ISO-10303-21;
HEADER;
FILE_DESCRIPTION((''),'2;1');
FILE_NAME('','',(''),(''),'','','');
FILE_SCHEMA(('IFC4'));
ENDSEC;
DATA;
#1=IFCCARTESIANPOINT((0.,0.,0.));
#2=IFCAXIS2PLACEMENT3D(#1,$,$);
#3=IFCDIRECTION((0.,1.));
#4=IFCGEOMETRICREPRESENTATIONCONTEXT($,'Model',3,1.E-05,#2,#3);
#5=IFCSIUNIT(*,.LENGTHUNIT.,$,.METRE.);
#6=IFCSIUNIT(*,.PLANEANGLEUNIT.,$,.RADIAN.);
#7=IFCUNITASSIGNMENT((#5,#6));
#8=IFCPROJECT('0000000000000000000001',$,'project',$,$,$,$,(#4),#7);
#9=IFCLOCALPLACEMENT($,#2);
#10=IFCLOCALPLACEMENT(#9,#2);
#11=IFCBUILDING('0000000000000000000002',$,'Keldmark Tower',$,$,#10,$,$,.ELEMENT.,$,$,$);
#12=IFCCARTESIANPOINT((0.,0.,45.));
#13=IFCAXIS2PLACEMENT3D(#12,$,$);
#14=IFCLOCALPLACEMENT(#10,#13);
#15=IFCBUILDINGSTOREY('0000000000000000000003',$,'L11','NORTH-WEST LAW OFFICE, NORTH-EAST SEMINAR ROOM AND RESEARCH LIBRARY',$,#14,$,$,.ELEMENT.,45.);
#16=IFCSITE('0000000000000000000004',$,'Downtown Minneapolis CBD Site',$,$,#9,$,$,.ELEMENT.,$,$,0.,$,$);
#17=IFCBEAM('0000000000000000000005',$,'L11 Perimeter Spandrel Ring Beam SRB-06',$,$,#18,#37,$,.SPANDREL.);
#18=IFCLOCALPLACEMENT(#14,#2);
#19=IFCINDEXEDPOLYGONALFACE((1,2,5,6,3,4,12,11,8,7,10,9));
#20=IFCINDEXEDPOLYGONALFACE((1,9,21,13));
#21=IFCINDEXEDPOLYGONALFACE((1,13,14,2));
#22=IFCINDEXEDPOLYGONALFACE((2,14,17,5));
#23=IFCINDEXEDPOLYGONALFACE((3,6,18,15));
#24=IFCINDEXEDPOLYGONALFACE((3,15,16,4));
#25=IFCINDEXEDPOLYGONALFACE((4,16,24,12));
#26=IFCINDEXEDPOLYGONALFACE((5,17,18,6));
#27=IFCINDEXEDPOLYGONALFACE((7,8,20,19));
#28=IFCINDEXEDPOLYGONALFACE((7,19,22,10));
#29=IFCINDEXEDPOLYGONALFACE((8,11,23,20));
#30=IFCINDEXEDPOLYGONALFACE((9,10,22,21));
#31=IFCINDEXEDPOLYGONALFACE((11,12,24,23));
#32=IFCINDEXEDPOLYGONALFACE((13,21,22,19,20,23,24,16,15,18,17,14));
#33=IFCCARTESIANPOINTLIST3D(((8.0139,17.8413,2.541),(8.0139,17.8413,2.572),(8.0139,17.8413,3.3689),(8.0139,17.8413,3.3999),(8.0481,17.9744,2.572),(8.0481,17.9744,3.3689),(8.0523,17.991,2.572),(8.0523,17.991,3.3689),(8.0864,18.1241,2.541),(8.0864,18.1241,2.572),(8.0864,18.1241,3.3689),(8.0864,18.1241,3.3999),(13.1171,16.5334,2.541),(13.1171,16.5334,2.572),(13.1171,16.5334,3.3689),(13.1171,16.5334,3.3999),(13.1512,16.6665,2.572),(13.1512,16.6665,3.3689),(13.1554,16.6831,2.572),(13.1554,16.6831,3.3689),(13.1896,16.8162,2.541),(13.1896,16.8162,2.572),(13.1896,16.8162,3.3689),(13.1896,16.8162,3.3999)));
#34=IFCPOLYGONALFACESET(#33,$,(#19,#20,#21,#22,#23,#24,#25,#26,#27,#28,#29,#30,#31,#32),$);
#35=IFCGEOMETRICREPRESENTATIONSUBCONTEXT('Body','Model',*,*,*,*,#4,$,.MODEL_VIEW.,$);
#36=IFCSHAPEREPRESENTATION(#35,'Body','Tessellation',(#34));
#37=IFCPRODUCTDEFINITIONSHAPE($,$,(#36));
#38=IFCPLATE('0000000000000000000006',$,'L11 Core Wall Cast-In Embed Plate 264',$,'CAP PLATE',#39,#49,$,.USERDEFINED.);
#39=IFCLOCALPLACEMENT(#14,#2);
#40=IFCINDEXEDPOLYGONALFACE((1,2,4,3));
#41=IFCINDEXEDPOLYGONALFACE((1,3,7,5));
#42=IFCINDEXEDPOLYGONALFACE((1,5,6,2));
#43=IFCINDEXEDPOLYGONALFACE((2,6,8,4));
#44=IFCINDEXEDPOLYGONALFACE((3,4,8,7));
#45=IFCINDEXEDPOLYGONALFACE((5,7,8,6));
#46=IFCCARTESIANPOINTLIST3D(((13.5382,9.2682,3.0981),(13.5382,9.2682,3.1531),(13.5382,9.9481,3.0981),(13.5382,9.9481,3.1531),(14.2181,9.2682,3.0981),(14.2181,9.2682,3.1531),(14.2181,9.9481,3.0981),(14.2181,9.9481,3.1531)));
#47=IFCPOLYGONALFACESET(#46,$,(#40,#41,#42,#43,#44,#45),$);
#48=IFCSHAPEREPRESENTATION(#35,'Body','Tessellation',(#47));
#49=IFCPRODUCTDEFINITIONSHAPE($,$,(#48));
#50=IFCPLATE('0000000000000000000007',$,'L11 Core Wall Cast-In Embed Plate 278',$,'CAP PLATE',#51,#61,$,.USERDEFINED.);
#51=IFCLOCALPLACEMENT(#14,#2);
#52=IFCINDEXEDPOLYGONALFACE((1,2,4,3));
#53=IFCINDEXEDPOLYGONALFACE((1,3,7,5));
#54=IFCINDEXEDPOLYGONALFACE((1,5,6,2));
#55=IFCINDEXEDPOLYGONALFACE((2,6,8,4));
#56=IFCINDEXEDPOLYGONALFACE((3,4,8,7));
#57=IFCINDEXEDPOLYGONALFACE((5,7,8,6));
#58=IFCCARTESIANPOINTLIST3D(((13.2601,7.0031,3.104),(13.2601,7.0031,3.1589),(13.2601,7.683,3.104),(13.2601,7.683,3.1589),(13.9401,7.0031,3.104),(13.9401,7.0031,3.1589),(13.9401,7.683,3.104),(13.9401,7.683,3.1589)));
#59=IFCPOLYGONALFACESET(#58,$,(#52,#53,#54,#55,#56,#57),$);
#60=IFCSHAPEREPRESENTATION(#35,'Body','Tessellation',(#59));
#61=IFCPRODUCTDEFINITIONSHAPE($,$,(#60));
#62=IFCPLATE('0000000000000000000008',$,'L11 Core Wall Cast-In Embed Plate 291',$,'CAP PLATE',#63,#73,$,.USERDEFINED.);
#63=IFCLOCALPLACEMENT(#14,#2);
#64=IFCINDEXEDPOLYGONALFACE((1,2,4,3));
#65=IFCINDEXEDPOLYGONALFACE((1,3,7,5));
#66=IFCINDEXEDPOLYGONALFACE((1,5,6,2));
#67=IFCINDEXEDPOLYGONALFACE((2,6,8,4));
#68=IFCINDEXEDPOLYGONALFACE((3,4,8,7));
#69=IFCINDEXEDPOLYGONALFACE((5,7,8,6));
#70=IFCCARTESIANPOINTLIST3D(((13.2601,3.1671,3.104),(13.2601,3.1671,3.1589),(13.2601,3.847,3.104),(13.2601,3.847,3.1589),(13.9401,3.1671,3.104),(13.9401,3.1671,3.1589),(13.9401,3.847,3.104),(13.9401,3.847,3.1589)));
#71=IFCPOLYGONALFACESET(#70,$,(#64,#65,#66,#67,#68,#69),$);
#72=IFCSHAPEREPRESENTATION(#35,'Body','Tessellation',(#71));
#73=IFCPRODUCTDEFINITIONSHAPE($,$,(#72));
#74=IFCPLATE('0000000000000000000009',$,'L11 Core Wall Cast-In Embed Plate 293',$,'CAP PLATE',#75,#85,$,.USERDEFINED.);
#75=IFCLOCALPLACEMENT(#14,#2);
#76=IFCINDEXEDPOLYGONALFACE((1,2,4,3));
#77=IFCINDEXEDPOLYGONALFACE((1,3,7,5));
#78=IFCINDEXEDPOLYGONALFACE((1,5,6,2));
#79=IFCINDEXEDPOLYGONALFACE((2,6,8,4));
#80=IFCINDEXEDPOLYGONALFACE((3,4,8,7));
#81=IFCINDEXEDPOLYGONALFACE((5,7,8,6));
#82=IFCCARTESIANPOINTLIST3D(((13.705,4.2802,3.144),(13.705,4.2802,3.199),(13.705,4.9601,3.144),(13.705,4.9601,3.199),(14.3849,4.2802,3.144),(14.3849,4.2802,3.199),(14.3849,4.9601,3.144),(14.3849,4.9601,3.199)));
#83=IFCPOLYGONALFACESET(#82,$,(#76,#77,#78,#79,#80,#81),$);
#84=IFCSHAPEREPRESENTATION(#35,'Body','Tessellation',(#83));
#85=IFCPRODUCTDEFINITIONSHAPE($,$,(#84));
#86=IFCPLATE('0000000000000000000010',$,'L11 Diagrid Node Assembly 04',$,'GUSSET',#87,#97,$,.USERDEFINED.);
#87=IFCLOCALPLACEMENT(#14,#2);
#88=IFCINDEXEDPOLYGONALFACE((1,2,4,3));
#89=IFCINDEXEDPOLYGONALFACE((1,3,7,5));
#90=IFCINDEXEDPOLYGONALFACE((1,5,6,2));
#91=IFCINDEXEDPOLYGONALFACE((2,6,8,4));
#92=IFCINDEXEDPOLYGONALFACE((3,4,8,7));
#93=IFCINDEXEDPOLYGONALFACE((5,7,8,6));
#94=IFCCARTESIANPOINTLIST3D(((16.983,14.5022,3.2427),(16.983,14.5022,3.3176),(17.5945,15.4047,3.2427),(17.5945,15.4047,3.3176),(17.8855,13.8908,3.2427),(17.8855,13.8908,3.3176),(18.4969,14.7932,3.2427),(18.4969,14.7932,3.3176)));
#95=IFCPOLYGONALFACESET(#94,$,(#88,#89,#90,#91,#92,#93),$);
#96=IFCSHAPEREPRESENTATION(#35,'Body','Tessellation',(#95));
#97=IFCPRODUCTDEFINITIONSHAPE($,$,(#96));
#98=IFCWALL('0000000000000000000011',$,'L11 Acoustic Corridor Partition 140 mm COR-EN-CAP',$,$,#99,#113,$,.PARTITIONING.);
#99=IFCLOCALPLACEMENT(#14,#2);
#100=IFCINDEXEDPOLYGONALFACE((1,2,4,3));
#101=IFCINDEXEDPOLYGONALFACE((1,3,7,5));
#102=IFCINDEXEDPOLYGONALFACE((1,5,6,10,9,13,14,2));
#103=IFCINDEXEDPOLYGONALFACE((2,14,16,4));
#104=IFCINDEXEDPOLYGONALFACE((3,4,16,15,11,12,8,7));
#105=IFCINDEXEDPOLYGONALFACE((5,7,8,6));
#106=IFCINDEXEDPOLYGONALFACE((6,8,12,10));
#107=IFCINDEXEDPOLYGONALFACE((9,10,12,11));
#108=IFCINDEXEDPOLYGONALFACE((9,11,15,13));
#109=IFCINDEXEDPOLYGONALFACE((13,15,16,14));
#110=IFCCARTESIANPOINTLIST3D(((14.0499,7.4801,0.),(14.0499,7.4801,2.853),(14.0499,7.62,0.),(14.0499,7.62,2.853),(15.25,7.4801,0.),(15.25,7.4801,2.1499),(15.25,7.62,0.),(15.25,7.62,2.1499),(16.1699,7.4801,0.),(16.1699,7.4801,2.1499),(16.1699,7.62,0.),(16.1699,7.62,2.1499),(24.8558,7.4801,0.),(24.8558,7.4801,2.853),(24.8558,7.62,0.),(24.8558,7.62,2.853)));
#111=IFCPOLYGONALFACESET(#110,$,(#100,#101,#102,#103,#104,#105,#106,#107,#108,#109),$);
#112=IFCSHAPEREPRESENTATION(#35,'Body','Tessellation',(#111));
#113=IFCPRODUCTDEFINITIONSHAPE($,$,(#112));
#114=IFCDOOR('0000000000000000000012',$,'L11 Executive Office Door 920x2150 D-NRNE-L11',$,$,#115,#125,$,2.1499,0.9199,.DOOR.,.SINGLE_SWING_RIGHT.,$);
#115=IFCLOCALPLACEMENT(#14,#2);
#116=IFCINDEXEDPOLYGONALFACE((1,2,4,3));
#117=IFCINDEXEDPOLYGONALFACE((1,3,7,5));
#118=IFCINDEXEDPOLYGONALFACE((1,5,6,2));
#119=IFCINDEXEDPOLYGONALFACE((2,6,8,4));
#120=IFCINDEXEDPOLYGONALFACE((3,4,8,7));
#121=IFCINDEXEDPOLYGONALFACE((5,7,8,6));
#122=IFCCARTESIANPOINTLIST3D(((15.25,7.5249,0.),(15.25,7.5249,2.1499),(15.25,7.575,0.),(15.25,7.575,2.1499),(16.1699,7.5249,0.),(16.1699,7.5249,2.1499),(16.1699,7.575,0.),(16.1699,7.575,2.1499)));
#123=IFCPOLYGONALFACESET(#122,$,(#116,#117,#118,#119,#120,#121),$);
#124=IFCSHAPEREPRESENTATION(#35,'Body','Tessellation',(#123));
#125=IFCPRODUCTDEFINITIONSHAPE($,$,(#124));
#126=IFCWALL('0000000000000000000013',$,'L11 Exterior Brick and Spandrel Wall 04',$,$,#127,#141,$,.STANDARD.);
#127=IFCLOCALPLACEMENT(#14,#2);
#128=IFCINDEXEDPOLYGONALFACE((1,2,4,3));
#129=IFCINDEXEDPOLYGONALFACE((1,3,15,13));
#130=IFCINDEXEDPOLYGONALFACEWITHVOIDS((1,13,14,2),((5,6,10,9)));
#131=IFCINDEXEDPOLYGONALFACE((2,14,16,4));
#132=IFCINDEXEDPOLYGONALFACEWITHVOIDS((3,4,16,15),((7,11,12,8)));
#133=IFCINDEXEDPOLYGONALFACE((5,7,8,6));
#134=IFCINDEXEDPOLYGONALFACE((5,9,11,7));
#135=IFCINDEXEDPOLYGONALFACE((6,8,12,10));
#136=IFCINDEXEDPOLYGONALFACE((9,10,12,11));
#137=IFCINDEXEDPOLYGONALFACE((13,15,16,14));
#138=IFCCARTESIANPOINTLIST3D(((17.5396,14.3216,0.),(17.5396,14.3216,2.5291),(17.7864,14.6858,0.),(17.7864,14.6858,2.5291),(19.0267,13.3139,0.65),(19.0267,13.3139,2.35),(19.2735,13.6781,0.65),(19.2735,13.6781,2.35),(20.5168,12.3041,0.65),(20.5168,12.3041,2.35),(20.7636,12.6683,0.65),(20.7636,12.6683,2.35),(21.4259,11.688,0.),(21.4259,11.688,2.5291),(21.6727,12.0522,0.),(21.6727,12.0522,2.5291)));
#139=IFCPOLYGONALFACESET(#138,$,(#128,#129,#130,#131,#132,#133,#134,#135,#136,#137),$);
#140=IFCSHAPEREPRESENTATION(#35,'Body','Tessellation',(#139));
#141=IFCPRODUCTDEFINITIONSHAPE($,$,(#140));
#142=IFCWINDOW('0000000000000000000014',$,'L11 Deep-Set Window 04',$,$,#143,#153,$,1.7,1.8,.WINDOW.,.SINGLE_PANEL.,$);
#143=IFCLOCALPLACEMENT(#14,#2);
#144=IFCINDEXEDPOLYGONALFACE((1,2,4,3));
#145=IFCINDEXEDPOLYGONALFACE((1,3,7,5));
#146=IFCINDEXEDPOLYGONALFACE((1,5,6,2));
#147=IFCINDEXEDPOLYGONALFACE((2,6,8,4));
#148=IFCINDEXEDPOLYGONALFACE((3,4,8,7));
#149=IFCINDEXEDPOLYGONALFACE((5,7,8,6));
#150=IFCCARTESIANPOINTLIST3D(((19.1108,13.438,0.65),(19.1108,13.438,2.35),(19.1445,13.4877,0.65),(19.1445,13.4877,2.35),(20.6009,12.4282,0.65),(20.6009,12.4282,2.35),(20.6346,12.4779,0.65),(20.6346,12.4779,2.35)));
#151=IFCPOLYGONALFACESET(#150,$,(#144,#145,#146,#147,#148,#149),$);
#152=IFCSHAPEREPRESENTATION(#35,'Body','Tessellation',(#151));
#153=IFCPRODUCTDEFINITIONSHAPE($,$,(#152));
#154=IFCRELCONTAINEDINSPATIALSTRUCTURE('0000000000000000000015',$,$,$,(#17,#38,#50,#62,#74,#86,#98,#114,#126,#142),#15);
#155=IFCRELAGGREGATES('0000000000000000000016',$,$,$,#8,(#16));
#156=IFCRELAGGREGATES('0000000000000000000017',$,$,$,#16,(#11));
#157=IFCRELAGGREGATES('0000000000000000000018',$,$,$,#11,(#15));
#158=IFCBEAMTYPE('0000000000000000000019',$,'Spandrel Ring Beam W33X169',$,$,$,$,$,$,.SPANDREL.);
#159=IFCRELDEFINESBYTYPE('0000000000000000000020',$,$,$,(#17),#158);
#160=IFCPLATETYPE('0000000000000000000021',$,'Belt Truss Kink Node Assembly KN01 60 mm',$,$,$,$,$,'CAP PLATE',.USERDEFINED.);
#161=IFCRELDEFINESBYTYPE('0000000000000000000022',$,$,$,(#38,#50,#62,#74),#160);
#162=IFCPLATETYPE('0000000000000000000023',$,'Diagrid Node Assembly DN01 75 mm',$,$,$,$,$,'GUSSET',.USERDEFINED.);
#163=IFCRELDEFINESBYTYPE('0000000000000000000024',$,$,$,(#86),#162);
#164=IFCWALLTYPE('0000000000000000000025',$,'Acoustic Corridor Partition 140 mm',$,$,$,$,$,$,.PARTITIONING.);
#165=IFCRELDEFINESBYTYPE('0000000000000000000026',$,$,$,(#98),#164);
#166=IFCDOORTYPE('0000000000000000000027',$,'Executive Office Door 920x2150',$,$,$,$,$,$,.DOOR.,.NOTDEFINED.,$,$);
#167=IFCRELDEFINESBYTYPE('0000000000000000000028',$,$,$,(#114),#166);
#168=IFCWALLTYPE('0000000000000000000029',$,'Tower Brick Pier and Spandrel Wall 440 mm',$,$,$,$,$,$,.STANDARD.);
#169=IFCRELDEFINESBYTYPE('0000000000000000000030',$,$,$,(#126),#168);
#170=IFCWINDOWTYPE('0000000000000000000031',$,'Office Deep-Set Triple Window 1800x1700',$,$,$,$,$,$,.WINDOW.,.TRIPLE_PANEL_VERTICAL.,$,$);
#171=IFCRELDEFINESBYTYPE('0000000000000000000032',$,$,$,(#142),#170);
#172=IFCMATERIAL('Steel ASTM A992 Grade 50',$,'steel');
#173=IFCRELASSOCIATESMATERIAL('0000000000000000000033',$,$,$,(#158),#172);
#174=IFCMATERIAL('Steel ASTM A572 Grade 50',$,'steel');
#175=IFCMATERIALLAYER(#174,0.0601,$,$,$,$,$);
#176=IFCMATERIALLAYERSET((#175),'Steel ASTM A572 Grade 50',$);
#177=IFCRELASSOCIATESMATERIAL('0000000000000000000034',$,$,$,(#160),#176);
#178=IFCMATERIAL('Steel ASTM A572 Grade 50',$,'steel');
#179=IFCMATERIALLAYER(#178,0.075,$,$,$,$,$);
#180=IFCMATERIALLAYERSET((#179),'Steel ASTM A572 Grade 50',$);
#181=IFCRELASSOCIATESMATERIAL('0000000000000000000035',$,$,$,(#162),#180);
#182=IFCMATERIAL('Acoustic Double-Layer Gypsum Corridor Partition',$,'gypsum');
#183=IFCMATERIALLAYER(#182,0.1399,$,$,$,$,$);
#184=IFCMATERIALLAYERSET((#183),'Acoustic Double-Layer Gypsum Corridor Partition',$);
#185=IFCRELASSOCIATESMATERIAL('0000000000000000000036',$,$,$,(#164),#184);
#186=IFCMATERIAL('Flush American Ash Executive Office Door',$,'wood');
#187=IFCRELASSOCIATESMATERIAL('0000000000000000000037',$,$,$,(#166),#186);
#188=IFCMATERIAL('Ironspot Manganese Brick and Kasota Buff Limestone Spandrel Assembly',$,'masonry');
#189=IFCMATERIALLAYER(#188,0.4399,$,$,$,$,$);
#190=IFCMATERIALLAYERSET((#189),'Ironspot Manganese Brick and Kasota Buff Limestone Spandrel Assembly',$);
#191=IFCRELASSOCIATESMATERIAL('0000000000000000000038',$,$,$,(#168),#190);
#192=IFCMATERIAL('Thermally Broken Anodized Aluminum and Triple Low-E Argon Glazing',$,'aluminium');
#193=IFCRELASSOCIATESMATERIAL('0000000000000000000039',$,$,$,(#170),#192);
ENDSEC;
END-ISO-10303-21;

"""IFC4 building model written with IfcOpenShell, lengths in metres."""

from ifc_helpers import new_model, si_unit, direction, frame, frame_2d, origin, origin_2d, place, context, subcontext, project, spatial, rectangle, i_section, extrude, material, layer, layer_set, material_profile, profile_set, type_object, element, fill, save


model = new_model("IFC4")

# Units and contexts
model_context = context("Model", 3, precision=1e-05, world=origin(), true_north=direction((0.0, 1.0)))
body_context = subcontext(model_context, "Body", "Model", "MODEL_VIEW")
ifc_project = project(units=[si_unit("LENGTHUNIT", "METRE"), si_unit("PLANEANGLEUNIT", "RADIAN")], contexts=[model_context])

# Site, building, storey
site_placement = place(None, origin())
site = spatial("IfcSite", under=ifc_project, at=site_placement, Name="Downtown Minneapolis CBD Site", CompositionType="ELEMENT", RefElevation=0.0)
building_placement = place(site_placement, origin())
building = spatial("IfcBuilding", under=site, at=building_placement, Name="Keldmark Tower", CompositionType="ELEMENT")
storey_placement = place(building_placement, frame((0.0, 0.0, 45.0)))
storey = spatial("IfcBuildingStorey", under=building, at=storey_placement, Name="L11", Description="NORTH-WEST LAW OFFICE, NORTH-EAST SEMINAR ROOM AND RESEARCH LIBRARY", CompositionType="ELEMENT", Elevation=45.0)

# Beam
ifc_material_1 = material(Name="Steel ASTM A992 Grade 50", Category="steel")
ifc_material_profile_1 = material_profile(ifc_material_1, i_section(OverallWidth=0.292, OverallDepth=0.8589, WebThickness=0.0171, FlangeThickness=0.031, at=origin_2d()), Name="W33X169")
ifc_profile_set_1 = profile_set([ifc_material_profile_1], Name="Steel ASTM A992 Grade 50")
beam_type_1 = type_object("IfcBeamType", Name="Spandrel Ring Beam W33X169", PredefinedType="SPANDREL", material=ifc_profile_set_1)
beam_1_placement = place(storey_placement, frame((13.1533, 16.6748, 2.9705), z_axis=(-0.968692, 0.248267, 0.0), x_axis=(-0.248267, -0.968692, 0.0)))
element("IfcBeam", 1, at=beam_1_placement, inside=storey, type_object=beam_type_1, Name="L11 Perimeter Spandrel Ring Beam SRB-06", PredefinedType="SPANDREL", context=body_context, shape_type="SweptSolid", body=[
    extrude(i_section(OverallWidth=0.292, OverallDepth=0.8589, WebThickness=0.0171, FlangeThickness=0.031, at=origin_2d()), origin(), (0.0, 0.0, 1.0), 5.2681),
])

# Plates
ifc_material_2 = material(Name="Steel ASTM A572 Grade 50", Category="steel")
ifc_layer_1 = layer(ifc_material_2, 0.0601)
ifc_layer_set_1 = layer_set([ifc_layer_1], Name="Steel ASTM A572 Grade 50")
plate_type_1 = type_object("IfcPlateType", Name="Belt Truss Kink Node Assembly KN01 60 mm", ElementType="CAP PLATE", PredefinedType="USERDEFINED", material=ifc_layer_set_1)
for number, where, z_axis, x_axis, name in (
    (2, (13.8782, 9.6082, 3.0981), (0.0, 0.0, 1.0), (1.0, 0.0, 0.0), "L11 Core Wall Cast-In Embed Plate 264"),
    (3, (13.6001, 7.343, 3.104), (0.0, 0.0, 1.0), (1.0, 0.0, 0.0), "L11 Core Wall Cast-In Embed Plate 278"),
    (4, (13.6001, 3.5071, 3.104), (0.0, 0.0, 1.0), (1.0, 0.0, 0.0), "L11 Core Wall Cast-In Embed Plate 291"),
    (5, (14.0449, 4.6201, 3.144), (0.0, 0.0, 1.0), (1.0, 0.0, 0.0), "L11 Core Wall Cast-In Embed Plate 293"),
):
    element("IfcPlate", number, at=place(storey_placement, frame(where, z_axis=z_axis, x_axis=x_axis)), inside=storey, type_object=plate_type_1, Name=name, ObjectType="CAP PLATE", PredefinedType="USERDEFINED", context=body_context, shape_type="SweptSolid", body=[
        extrude(rectangle(XDim=0.6799, YDim=0.6799, at=origin_2d()), origin(), (0.0, 0.0, 1.0), 0.0549),
    ])
ifc_material_3 = material(Name="Steel ASTM A572 Grade 50", Category="steel")
ifc_layer_2 = layer(ifc_material_3, 0.075)
ifc_layer_set_2 = layer_set([ifc_layer_2], Name="Steel ASTM A572 Grade 50")
plate_type_2 = type_object("IfcPlateType", Name="Diagrid Node Assembly DN01 75 mm", ElementType="GUSSET", PredefinedType="USERDEFINED", material=ifc_layer_set_2)
plate_placement = place(storey_placement, frame((17.74, 14.6477, 3.2427), z_axis=(0.0, 0.0, 1.0), x_axis=(-0.827865, 0.560928, 0.0)))
element("IfcPlate", 6, at=plate_placement, inside=storey, type_object=plate_type_2, Name="L11 Diagrid Node Assembly 04", ObjectType="GUSSET", PredefinedType="USERDEFINED", context=body_context, shape_type="SweptSolid", body=[
    extrude(rectangle(XDim=1.0901, YDim=1.0901, at=origin_2d()), origin(), (0.0, 0.0, 1.0), 0.075),
])

# Wall, opening, door
ifc_material_4 = material(Name="Acoustic Double-Layer Gypsum Corridor Partition", Category="gypsum")
ifc_layer_3 = layer(ifc_material_4, 0.1399)
ifc_layer_set_3 = layer_set([ifc_layer_3], Name="Acoustic Double-Layer Gypsum Corridor Partition")
wall_type_1 = type_object("IfcWallType", Name="Acoustic Corridor Partition 140 mm", PredefinedType="PARTITIONING", material=ifc_layer_set_3)
wall_1_placement = place(storey_placement, frame((14.05, 7.55, 0.0), z_axis=(0.0, 0.0, 1.0), x_axis=(1.0, 0.0, 0.0)))
wall_1 = element("IfcWall", 7, at=wall_1_placement, inside=storey, type_object=wall_type_1, Name="L11 Acoustic Corridor Partition 140 mm COR-EN-CAP", PredefinedType="PARTITIONING", context=body_context, shape_type="SweptSolid", body=[
    extrude(rectangle(XDim=10.8059, YDim=0.1399, at=frame_2d((5.4028, 0.0))), origin(), (0.0, 0.0, 1.0), 2.853),
])
opening_1_placement = place(wall_1_placement, frame((1.2, 0.0, 0.0)))
opening_1 = element("IfcOpeningElement", 8, at=opening_1_placement, cuts=wall_1, PredefinedType="OPENING", context=body_context, shape_type="SweptSolid", body=[
    extrude(rectangle(XDim=0.9199, YDim=2.1499, at=frame_2d((0.46, 1.075))), frame((0.0, 0.0798, 0.0), z_axis=(0.0, -1.0, 0.0), x_axis=(1.0, 0.0, 0.0)), (0.0, 0.0, 1.0), 0.1599),
])
ifc_material_5 = material(Name="Flush American Ash Executive Office Door", Category="wood")
door_type = type_object("IfcDoorType", Name="Executive Office Door 920x2150", OperationType="NOTDEFINED", PredefinedType="DOOR", material=ifc_material_5)
door_placement = place(opening_1_placement, origin())
door = element("IfcDoor", 9, at=door_placement, inside=storey, type_object=door_type, Name="L11 Executive Office Door 920x2150 D-NRNE-L11", OperationType="SINGLE_SWING_RIGHT", OverallHeight=2.1499, OverallWidth=0.9199, PredefinedType="DOOR", context=body_context, shape_type="SweptSolid", body=[
    extrude(rectangle(XDim=0.9199, YDim=2.1499, at=frame_2d((0.46, 1.075))), frame((0.0, 0.0249, 0.0), z_axis=(0.0, -1.0, 0.0), x_axis=(1.0, 0.0, 0.0)), (0.0, 0.0, 1.0), 0.05),
])
fill(opening_1, door)

# Wall, opening, window
ifc_material_6 = material(Name="Ironspot Manganese Brick and Kasota Buff Limestone Spandrel Assembly", Category="masonry")
ifc_layer_4 = layer(ifc_material_6, 0.4399)
ifc_layer_set_4 = layer_set([ifc_layer_4], Name="Ironspot Manganese Brick and Kasota Buff Limestone Spandrel Assembly")
wall_type_2 = type_object("IfcWallType", Name="Tower Brick Pier and Spandrel Wall 440 mm", PredefinedType="STANDARD", material=ifc_layer_set_4)
wall_2_placement = place(storey_placement, frame((17.6631, 14.5037, 0.0), z_axis=(0.0, 0.0, 1.0), x_axis=(0.827826, -0.560985, 0.0)))
wall_2 = element("IfcWall", 10, at=wall_2_placement, inside=storey, type_object=wall_type_2, Name="L11 Exterior Brick and Spandrel Wall 04", PredefinedType="STANDARD", context=body_context, shape_type="SweptSolid", body=[
    extrude(rectangle(XDim=4.6946, YDim=0.4399, at=frame_2d((2.3472, 0.0))), origin(), (0.0, 0.0, 1.0), 2.5291),
])
opening_2_placement = place(wall_2_placement, frame((1.7964, 0.0, 0.6499)))
opening_2 = element("IfcOpeningElement", 11, at=opening_2_placement, cuts=wall_2, PredefinedType="OPENING", context=body_context, shape_type="SweptSolid", body=[
    extrude(rectangle(XDim=1.8, YDim=1.7, at=frame_2d((0.8999, 0.8501))), frame((0.0, 0.23, 0.0), z_axis=(0.0, -1.0, 0.0), x_axis=(1.0, 0.0, 0.0)), (0.0, 0.0, 1.0), 0.46),
])
ifc_material_7 = material(Name="Thermally Broken Anodized Aluminum and Triple Low-E Argon Glazing", Category="aluminium")
window_type = type_object("IfcWindowType", Name="Office Deep-Set Triple Window 1800x1700", PartitioningType="TRIPLE_PANEL_VERTICAL", PredefinedType="WINDOW", material=ifc_material_7)
window_1_placement = place(opening_2_placement, origin())
window_1 = element("IfcWindow", 12, at=window_1_placement, inside=storey, type_object=window_type, Name="L11 Deep-Set Window 04", OverallHeight=1.7, OverallWidth=1.8, PartitioningType="SINGLE_PANEL", PredefinedType="WINDOW", context=body_context, shape_type="SweptSolid", body=[
    extrude(rectangle(XDim=1.8, YDim=1.7, at=frame_2d((0.8999, 0.8501))), frame((0.0, -0.01, 0.0), z_axis=(0.0, -1.0, 0.0), x_axis=(1.0, 0.0, 0.0)), (0.0, 0.0, 1.0), 0.0601),
])
fill(opening_2, window_1)

save(model, "model.ifc")
